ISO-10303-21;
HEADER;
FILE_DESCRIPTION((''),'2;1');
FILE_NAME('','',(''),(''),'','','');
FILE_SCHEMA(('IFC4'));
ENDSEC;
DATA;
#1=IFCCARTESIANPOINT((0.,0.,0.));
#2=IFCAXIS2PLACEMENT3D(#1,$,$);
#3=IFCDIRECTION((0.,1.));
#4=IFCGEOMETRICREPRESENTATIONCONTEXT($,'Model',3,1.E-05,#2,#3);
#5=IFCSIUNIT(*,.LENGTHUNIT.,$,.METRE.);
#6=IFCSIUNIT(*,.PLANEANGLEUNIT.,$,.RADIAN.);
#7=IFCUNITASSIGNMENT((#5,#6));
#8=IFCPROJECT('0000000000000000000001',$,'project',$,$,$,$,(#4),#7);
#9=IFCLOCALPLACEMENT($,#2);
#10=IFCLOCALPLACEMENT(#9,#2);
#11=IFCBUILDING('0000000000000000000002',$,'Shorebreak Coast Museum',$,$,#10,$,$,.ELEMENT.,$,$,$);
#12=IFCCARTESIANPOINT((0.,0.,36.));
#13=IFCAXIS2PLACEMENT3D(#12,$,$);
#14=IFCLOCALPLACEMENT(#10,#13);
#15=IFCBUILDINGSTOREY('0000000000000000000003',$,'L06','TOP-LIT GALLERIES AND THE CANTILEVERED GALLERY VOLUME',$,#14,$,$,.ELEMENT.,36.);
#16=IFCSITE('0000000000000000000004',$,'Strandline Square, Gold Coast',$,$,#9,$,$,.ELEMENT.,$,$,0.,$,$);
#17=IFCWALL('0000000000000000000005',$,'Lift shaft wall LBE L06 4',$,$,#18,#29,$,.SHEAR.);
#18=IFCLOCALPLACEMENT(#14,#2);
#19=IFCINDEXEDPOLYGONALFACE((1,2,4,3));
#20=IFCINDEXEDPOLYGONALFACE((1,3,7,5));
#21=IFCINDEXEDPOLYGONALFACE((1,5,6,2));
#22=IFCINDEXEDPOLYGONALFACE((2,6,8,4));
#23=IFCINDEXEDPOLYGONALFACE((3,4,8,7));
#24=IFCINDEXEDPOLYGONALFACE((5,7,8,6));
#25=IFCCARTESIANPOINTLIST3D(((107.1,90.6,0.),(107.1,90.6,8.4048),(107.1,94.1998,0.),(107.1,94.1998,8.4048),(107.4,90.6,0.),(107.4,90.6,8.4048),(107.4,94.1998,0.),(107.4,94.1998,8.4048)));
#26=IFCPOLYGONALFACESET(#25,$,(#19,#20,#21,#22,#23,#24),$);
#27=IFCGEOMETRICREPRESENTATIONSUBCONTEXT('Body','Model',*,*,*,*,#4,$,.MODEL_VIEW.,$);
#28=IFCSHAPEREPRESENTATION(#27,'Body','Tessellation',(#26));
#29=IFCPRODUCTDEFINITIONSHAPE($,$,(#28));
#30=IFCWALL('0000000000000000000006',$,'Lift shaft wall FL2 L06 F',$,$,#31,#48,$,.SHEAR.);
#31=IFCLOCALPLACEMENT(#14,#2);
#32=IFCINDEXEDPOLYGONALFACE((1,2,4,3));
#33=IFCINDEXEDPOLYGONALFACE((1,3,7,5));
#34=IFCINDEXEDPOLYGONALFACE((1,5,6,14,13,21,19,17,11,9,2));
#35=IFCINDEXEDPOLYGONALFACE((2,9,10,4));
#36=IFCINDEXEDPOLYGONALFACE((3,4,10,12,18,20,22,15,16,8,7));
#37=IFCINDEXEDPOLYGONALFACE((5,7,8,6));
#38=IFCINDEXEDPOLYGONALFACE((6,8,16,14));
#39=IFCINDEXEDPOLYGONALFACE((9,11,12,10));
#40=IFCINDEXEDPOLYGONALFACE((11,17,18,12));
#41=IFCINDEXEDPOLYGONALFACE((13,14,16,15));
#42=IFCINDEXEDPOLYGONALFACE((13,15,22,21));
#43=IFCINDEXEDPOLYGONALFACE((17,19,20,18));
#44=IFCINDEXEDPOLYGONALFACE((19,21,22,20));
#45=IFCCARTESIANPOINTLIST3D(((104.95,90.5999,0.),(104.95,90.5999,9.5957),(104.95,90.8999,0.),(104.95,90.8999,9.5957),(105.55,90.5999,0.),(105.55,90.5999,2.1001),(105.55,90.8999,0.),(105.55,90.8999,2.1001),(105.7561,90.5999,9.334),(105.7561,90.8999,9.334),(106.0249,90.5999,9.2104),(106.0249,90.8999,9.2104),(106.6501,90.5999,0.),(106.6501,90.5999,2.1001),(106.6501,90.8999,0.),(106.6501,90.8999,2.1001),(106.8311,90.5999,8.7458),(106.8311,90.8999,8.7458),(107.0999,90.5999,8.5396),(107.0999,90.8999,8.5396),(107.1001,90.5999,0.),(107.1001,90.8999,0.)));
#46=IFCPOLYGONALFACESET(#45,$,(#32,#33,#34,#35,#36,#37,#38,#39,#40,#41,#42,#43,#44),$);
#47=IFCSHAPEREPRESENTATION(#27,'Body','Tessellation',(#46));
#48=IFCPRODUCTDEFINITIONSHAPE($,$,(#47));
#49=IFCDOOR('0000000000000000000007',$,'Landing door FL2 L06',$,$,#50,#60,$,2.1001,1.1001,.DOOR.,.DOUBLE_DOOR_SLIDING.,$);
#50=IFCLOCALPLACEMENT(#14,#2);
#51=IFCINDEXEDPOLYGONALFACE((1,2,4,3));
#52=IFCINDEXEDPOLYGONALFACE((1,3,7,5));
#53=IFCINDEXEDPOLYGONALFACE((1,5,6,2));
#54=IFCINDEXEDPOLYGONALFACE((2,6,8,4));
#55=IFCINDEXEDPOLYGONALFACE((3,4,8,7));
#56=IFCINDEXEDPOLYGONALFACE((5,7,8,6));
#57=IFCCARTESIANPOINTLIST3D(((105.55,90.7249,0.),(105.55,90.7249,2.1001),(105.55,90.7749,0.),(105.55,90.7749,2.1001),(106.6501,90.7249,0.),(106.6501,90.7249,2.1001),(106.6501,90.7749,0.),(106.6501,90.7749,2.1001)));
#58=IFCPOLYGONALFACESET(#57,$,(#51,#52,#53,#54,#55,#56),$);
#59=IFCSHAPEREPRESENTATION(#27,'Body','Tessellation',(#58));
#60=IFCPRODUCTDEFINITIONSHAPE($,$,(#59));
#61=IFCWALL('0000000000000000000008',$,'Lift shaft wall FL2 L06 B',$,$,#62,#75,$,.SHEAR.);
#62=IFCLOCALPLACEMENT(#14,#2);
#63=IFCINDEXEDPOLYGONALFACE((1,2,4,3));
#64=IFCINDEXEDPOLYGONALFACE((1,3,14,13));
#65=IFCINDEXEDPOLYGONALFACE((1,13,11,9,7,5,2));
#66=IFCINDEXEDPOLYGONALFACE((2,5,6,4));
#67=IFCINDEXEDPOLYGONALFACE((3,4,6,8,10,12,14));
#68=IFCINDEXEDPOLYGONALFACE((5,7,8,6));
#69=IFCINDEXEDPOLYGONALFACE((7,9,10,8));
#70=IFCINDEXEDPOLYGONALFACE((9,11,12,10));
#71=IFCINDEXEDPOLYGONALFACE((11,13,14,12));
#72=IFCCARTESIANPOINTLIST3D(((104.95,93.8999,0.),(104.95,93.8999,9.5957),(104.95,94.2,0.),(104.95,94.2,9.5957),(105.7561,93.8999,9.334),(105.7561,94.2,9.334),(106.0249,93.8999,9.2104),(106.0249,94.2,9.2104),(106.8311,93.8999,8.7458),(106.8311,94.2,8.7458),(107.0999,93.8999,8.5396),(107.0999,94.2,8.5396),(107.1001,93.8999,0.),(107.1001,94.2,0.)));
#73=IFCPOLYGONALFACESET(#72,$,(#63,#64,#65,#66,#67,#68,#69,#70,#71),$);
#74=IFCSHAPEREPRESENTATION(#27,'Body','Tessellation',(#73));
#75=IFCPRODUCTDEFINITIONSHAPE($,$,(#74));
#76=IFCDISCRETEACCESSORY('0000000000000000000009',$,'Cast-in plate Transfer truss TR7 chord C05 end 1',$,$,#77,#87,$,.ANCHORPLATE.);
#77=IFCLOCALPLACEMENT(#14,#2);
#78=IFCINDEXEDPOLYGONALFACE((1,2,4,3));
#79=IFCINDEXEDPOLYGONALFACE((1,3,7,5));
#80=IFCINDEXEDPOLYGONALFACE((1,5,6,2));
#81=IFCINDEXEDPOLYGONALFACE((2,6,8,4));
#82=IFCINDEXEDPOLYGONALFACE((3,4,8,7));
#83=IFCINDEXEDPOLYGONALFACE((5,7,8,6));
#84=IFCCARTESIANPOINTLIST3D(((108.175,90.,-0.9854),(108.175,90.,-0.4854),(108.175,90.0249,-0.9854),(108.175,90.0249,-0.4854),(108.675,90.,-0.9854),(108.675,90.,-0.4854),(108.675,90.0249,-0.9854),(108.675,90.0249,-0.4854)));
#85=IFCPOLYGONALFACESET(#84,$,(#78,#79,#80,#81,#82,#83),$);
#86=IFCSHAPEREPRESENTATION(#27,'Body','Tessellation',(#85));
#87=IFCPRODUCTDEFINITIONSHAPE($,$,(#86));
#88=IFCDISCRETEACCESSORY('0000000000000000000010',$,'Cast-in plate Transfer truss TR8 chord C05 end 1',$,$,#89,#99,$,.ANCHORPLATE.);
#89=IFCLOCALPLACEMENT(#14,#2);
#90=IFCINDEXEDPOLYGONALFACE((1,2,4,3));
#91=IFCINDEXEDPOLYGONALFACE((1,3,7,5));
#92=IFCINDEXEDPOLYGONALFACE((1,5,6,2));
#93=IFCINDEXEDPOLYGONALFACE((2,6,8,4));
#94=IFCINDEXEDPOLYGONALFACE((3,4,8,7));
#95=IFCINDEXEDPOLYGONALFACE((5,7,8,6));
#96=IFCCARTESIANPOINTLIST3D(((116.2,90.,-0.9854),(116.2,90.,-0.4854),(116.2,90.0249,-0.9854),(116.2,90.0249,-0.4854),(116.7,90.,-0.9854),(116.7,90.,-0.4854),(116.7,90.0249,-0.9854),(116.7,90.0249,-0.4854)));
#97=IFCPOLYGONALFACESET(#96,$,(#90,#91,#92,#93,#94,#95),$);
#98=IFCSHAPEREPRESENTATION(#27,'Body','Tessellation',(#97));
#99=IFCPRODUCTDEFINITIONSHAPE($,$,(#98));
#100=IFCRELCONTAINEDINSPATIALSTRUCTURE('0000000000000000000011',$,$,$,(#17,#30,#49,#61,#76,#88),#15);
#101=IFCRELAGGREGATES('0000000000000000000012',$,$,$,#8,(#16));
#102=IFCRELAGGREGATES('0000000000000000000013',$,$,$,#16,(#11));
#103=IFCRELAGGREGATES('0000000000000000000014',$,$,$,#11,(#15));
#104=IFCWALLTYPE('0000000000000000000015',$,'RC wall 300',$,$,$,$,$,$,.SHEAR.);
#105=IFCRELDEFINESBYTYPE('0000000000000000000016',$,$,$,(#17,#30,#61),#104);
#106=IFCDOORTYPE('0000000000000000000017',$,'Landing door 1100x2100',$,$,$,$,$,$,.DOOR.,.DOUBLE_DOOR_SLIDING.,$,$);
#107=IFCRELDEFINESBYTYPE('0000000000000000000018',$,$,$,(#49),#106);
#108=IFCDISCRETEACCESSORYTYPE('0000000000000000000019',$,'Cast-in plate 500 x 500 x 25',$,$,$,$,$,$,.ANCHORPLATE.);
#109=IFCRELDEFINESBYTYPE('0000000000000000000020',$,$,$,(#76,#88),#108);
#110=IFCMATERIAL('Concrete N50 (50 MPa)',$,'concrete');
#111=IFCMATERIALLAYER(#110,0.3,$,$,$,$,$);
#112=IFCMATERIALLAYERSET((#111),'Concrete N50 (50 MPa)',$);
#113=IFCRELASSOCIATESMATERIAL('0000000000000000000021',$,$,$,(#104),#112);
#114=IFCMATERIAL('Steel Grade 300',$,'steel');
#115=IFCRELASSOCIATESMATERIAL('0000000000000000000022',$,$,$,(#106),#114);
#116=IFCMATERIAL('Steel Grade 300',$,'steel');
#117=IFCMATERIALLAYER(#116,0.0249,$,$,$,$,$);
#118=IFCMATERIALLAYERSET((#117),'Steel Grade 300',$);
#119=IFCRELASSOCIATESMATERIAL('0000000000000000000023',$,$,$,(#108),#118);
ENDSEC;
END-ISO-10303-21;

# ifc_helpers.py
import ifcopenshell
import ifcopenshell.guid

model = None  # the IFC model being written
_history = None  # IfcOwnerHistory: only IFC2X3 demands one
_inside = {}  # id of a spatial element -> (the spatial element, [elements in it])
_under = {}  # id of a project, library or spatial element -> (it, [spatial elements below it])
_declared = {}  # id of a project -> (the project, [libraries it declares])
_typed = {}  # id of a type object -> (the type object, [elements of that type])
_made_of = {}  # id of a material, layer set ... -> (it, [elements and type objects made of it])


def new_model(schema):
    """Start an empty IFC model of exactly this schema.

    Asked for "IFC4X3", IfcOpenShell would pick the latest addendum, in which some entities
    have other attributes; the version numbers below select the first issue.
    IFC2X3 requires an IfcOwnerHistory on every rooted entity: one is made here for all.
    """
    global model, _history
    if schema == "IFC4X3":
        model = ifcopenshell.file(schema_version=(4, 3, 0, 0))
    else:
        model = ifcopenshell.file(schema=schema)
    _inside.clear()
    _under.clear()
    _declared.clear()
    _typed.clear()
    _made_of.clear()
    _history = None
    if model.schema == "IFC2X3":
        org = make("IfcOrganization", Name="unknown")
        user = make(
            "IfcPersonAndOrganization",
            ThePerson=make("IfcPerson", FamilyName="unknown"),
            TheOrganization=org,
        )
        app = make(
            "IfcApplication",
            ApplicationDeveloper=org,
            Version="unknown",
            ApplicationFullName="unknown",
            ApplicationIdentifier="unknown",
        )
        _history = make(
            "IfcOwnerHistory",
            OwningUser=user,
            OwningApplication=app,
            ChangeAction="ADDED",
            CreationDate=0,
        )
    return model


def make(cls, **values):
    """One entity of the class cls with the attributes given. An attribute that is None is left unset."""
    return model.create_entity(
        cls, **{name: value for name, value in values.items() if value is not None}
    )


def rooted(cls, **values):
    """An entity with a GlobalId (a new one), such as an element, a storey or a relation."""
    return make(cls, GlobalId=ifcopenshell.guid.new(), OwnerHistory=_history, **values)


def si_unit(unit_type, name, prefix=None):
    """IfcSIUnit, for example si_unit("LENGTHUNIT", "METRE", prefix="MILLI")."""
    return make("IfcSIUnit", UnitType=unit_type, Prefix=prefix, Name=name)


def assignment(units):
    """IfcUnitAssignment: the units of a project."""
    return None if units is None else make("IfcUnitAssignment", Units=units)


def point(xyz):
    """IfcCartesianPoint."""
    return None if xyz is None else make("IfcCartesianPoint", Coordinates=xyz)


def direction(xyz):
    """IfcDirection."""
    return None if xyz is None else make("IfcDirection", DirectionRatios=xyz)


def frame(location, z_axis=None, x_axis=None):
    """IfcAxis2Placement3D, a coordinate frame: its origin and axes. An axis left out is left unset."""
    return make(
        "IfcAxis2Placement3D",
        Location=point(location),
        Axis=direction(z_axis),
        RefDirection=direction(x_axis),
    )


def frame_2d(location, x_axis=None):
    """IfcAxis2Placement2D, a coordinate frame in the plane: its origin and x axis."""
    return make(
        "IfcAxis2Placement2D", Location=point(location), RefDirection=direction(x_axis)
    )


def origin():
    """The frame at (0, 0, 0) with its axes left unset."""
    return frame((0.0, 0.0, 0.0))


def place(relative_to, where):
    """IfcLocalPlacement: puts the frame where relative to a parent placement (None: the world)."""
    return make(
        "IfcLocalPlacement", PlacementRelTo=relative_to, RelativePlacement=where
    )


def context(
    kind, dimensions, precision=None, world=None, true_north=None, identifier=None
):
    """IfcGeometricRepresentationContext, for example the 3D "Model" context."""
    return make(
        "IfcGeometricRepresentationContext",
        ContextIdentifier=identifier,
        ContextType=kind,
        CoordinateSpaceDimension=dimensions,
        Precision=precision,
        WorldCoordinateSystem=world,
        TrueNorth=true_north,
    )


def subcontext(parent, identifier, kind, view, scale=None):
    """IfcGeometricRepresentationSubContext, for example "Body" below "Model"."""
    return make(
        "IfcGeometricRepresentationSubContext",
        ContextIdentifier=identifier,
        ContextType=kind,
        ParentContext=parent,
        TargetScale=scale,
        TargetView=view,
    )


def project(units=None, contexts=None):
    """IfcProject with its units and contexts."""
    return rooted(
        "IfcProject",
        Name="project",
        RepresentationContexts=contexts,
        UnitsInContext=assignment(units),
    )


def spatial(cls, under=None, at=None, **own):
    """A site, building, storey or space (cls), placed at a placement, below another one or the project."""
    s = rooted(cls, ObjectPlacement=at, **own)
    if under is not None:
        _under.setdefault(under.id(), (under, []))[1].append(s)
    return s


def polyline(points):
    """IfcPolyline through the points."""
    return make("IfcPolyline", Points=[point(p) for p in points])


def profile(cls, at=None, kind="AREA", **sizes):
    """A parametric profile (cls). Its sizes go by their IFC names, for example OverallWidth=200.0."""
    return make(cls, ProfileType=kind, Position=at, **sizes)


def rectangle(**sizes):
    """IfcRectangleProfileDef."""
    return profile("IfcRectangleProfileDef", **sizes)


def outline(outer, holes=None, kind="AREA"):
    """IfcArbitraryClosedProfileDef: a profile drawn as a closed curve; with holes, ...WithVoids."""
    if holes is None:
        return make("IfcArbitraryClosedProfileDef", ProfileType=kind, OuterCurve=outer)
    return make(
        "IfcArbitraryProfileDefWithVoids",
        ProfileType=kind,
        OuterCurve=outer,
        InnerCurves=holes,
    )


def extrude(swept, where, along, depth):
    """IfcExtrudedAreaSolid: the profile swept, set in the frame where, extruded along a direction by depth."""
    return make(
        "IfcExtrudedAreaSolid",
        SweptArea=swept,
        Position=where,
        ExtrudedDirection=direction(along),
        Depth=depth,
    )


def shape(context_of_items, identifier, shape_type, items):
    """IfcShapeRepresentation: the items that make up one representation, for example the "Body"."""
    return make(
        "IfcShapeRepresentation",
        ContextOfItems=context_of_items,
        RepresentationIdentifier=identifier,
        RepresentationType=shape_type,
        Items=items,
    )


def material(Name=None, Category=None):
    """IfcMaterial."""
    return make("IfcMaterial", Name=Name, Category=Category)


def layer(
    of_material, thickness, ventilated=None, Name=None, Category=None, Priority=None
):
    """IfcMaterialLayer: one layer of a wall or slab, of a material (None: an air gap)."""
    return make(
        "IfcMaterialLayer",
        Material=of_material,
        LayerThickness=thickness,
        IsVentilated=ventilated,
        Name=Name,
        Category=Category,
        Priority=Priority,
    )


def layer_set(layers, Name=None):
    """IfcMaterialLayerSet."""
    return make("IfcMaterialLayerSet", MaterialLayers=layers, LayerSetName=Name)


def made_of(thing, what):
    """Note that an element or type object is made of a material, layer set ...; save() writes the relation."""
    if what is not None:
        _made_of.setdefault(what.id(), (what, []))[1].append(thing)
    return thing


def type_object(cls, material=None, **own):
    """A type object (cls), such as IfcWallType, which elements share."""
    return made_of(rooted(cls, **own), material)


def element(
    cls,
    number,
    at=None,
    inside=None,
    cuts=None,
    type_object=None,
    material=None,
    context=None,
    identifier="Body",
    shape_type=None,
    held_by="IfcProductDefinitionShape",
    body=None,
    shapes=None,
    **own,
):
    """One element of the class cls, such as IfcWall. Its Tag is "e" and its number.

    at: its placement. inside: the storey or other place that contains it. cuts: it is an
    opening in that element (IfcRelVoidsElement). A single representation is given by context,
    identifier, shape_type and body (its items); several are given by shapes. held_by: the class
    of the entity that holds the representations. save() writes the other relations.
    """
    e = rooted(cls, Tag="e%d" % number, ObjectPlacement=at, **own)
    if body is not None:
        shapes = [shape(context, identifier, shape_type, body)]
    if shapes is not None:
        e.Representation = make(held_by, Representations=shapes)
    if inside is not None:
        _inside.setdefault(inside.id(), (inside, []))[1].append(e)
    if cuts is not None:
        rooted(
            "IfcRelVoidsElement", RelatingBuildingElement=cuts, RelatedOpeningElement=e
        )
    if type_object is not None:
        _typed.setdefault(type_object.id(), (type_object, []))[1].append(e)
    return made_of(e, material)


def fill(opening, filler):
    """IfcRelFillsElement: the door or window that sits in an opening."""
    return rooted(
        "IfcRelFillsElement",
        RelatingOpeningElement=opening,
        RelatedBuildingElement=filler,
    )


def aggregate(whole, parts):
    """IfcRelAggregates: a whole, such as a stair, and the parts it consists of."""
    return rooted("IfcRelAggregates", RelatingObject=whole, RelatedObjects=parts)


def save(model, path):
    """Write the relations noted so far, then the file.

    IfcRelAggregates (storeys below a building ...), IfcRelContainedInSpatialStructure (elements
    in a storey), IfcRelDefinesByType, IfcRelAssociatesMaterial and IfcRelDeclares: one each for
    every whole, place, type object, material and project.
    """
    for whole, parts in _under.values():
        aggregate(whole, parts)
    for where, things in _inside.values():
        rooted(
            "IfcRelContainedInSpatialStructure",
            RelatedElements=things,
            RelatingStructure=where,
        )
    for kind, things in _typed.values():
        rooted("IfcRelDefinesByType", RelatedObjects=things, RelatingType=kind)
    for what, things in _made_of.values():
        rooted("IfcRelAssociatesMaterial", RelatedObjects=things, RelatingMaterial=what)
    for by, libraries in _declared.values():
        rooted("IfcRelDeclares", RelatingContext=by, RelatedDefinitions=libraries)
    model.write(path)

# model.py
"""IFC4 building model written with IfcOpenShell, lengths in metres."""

from ifc_helpers import new_model, si_unit, direction, frame, frame_2d, origin, place, context, subcontext, project, spatial, polyline, rectangle, outline, extrude, material, layer, layer_set, type_object, element, fill, save


model = new_model("IFC4")

# Units and contexts
model_context = context("Model", 3, precision=1e-05, world=origin(), true_north=direction((0.0, 1.0)))
body_context = subcontext(model_context, "Body", "Model", "MODEL_VIEW")
ifc_project = project(units=[si_unit("LENGTHUNIT", "METRE"), si_unit("PLANEANGLEUNIT", "RADIAN")], contexts=[model_context])

# Site, building, storey
site_placement = place(None, origin())
site = spatial("IfcSite", under=ifc_project, at=site_placement, Name="Strandline Square, Gold Coast", CompositionType="ELEMENT", RefElevation=0.0)
building_placement = place(site_placement, origin())
building = spatial("IfcBuilding", under=site, at=building_placement, Name="Shorebreak Coast Museum", CompositionType="ELEMENT")
storey_placement = place(building_placement, frame((0.0, 0.0, 36.0)))
storey = spatial("IfcBuildingStorey", under=building, at=storey_placement, Name="L06", Description="TOP-LIT GALLERIES AND THE CANTILEVERED GALLERY VOLUME", CompositionType="ELEMENT", Elevation=36.0)

# Wall
ifc_material_1 = material(Name="Concrete N50 (50 MPa)", Category="concrete")
ifc_layer_1 = layer(ifc_material_1, 0.3)
ifc_layer_set_1 = layer_set([ifc_layer_1], Name="Concrete N50 (50 MPa)")
wall_type_1 = type_object("IfcWallType", Name="RC wall 300", PredefinedType="SHEAR", material=ifc_layer_set_1)
wall_1_placement = place(storey_placement, frame((107.25, 90.6001, 0.0), z_axis=(0.0, 0.0, 1.0), x_axis=(0.0, 1.0, 0.0)))
element("IfcWall", 1, at=wall_1_placement, inside=storey, type_object=wall_type_1, Name="Lift shaft wall LBE L06 4", PredefinedType="SHEAR", context=body_context, shape_type="SweptSolid", body=[
    extrude(rectangle(XDim=3.5999, YDim=0.3, at=frame_2d((1.7998, 0.0))), origin(), (0.0, 0.0, 1.0), 8.4048),
])

# Wall, opening, door
wall_2_placement = place(storey_placement, frame((104.95, 90.75, 0.0), z_axis=(0.0, 0.0, 1.0), x_axis=(1.0, 0.0, 0.0)))
wall_2 = element("IfcWall", 2, at=wall_2_placement, inside=storey, type_object=wall_type_1, Name="Lift shaft wall FL2 L06 F", PredefinedType="SHEAR", context=body_context, shape_type="SweptSolid", body=[
    extrude(outline(polyline([(0.0, 0.0), (2.1501, 0.0), (2.1499, 8.5396), (1.8811, 8.7458), (1.075, 9.2104), (0.8062, 9.334), (0.0, 9.5957), (0.0, 0.0)])), frame((0.0, 0.1499, 0.0), z_axis=(0.0, -1.0, 0.0), x_axis=(1.0, 0.0, 0.0)), (0.0, 0.0, 1.0), 0.3),
])
opening_1_placement = place(wall_2_placement, frame((0.6001, 0.0, 0.0)))
opening_1 = element("IfcOpeningElement", 3, at=opening_1_placement, cuts=wall_2, PredefinedType="OPENING", context=body_context, shape_type="SweptSolid", body=[
    extrude(rectangle(XDim=1.1001, YDim=2.1001, at=frame_2d((0.55, 1.05))), frame((0.0, 0.1599, 0.0), z_axis=(0.0, -1.0, 0.0), x_axis=(1.0, 0.0, 0.0)), (0.0, 0.0, 1.0), 0.3201),
])
ifc_material_2 = material(Name="Steel Grade 300", Category="steel")
door_type = type_object("IfcDoorType", Name="Landing door 1100x2100", OperationType="DOUBLE_DOOR_SLIDING", PredefinedType="DOOR", material=ifc_material_2)
door_placement = place(opening_1_placement, origin())
door = element("IfcDoor", 4, at=door_placement, inside=storey, type_object=door_type, Name="Landing door FL2 L06", OperationType="DOUBLE_DOOR_SLIDING", OverallHeight=2.1001, OverallWidth=1.1001, PredefinedType="DOOR", context=body_context, shape_type="SweptSolid", body=[
    extrude(rectangle(XDim=1.1001, YDim=2.1001, at=frame_2d((0.55, 1.05))), frame((0.0, 0.0249, 0.0), z_axis=(0.0, -1.0, 0.0), x_axis=(1.0, 0.0, 0.0)), (0.0, 0.0, 1.0), 0.05),
])
fill(opening_1, door)

# Wall
wall_3_placement = place(storey_placement, frame((104.95, 94.05, 0.0), z_axis=(0.0, 0.0, 1.0), x_axis=(1.0, 0.0, 0.0)))
element("IfcWall", 5, at=wall_3_placement, inside=storey, type_object=wall_type_1, Name="Lift shaft wall FL2 L06 B", PredefinedType="SHEAR", context=body_context, shape_type="SweptSolid", body=[
    extrude(outline(polyline([(0.0, 0.0), (2.1501, 0.0), (2.1499, 8.5396), (1.8811, 8.7458), (1.075, 9.2104), (0.8062, 9.334), (0.0, 9.5957), (0.0, 0.0)])), frame((0.0, 0.1499, 0.0), z_axis=(0.0, -1.0, 0.0), x_axis=(1.0, 0.0, 0.0)), (0.0, 0.0, 1.0), 0.3),
])

# Discrete accessories
ifc_material_3 = material(Name="Steel Grade 300", Category="steel")
ifc_layer_2 = layer(ifc_material_3, 0.0249)
ifc_layer_set_2 = layer_set([ifc_layer_2], Name="Steel Grade 300")
discrete_accessory_type = type_object("IfcDiscreteAccessoryType", Name="Cast-in plate 500 x 500 x 25", PredefinedType="ANCHORPLATE", material=ifc_layer_set_2)
for number, where, z_axis, x_axis, name in (
    (6, (108.175, 90.0, -0.9854), (0.0, -1.0, 0.0), (1.0, 0.0, 0.0), "Cast-in plate Transfer truss TR7 chord C05 end 1"),
    (7, (116.2, 90.0, -0.9854), (0.0, -1.0, 0.0), (1.0, 0.0, 0.0), "Cast-in plate Transfer truss TR8 chord C05 end 1"),
):
    element("IfcDiscreteAccessory", number, at=place(storey_placement, frame(where, z_axis=z_axis, x_axis=x_axis)), inside=storey, type_object=discrete_accessory_type, Name=name, PredefinedType="ANCHORPLATE", context=body_context, shape_type="SweptSolid", body=[
        extrude(outline(polyline([(0.0, 0.0), (0.5, 0.0), (0.5, 0.5), (0.0, 0.5), (0.0, 0.0)])), origin(), (0.0, 0.0, -1.0), 0.0249),
    ])

save(model, "model.ifc")
